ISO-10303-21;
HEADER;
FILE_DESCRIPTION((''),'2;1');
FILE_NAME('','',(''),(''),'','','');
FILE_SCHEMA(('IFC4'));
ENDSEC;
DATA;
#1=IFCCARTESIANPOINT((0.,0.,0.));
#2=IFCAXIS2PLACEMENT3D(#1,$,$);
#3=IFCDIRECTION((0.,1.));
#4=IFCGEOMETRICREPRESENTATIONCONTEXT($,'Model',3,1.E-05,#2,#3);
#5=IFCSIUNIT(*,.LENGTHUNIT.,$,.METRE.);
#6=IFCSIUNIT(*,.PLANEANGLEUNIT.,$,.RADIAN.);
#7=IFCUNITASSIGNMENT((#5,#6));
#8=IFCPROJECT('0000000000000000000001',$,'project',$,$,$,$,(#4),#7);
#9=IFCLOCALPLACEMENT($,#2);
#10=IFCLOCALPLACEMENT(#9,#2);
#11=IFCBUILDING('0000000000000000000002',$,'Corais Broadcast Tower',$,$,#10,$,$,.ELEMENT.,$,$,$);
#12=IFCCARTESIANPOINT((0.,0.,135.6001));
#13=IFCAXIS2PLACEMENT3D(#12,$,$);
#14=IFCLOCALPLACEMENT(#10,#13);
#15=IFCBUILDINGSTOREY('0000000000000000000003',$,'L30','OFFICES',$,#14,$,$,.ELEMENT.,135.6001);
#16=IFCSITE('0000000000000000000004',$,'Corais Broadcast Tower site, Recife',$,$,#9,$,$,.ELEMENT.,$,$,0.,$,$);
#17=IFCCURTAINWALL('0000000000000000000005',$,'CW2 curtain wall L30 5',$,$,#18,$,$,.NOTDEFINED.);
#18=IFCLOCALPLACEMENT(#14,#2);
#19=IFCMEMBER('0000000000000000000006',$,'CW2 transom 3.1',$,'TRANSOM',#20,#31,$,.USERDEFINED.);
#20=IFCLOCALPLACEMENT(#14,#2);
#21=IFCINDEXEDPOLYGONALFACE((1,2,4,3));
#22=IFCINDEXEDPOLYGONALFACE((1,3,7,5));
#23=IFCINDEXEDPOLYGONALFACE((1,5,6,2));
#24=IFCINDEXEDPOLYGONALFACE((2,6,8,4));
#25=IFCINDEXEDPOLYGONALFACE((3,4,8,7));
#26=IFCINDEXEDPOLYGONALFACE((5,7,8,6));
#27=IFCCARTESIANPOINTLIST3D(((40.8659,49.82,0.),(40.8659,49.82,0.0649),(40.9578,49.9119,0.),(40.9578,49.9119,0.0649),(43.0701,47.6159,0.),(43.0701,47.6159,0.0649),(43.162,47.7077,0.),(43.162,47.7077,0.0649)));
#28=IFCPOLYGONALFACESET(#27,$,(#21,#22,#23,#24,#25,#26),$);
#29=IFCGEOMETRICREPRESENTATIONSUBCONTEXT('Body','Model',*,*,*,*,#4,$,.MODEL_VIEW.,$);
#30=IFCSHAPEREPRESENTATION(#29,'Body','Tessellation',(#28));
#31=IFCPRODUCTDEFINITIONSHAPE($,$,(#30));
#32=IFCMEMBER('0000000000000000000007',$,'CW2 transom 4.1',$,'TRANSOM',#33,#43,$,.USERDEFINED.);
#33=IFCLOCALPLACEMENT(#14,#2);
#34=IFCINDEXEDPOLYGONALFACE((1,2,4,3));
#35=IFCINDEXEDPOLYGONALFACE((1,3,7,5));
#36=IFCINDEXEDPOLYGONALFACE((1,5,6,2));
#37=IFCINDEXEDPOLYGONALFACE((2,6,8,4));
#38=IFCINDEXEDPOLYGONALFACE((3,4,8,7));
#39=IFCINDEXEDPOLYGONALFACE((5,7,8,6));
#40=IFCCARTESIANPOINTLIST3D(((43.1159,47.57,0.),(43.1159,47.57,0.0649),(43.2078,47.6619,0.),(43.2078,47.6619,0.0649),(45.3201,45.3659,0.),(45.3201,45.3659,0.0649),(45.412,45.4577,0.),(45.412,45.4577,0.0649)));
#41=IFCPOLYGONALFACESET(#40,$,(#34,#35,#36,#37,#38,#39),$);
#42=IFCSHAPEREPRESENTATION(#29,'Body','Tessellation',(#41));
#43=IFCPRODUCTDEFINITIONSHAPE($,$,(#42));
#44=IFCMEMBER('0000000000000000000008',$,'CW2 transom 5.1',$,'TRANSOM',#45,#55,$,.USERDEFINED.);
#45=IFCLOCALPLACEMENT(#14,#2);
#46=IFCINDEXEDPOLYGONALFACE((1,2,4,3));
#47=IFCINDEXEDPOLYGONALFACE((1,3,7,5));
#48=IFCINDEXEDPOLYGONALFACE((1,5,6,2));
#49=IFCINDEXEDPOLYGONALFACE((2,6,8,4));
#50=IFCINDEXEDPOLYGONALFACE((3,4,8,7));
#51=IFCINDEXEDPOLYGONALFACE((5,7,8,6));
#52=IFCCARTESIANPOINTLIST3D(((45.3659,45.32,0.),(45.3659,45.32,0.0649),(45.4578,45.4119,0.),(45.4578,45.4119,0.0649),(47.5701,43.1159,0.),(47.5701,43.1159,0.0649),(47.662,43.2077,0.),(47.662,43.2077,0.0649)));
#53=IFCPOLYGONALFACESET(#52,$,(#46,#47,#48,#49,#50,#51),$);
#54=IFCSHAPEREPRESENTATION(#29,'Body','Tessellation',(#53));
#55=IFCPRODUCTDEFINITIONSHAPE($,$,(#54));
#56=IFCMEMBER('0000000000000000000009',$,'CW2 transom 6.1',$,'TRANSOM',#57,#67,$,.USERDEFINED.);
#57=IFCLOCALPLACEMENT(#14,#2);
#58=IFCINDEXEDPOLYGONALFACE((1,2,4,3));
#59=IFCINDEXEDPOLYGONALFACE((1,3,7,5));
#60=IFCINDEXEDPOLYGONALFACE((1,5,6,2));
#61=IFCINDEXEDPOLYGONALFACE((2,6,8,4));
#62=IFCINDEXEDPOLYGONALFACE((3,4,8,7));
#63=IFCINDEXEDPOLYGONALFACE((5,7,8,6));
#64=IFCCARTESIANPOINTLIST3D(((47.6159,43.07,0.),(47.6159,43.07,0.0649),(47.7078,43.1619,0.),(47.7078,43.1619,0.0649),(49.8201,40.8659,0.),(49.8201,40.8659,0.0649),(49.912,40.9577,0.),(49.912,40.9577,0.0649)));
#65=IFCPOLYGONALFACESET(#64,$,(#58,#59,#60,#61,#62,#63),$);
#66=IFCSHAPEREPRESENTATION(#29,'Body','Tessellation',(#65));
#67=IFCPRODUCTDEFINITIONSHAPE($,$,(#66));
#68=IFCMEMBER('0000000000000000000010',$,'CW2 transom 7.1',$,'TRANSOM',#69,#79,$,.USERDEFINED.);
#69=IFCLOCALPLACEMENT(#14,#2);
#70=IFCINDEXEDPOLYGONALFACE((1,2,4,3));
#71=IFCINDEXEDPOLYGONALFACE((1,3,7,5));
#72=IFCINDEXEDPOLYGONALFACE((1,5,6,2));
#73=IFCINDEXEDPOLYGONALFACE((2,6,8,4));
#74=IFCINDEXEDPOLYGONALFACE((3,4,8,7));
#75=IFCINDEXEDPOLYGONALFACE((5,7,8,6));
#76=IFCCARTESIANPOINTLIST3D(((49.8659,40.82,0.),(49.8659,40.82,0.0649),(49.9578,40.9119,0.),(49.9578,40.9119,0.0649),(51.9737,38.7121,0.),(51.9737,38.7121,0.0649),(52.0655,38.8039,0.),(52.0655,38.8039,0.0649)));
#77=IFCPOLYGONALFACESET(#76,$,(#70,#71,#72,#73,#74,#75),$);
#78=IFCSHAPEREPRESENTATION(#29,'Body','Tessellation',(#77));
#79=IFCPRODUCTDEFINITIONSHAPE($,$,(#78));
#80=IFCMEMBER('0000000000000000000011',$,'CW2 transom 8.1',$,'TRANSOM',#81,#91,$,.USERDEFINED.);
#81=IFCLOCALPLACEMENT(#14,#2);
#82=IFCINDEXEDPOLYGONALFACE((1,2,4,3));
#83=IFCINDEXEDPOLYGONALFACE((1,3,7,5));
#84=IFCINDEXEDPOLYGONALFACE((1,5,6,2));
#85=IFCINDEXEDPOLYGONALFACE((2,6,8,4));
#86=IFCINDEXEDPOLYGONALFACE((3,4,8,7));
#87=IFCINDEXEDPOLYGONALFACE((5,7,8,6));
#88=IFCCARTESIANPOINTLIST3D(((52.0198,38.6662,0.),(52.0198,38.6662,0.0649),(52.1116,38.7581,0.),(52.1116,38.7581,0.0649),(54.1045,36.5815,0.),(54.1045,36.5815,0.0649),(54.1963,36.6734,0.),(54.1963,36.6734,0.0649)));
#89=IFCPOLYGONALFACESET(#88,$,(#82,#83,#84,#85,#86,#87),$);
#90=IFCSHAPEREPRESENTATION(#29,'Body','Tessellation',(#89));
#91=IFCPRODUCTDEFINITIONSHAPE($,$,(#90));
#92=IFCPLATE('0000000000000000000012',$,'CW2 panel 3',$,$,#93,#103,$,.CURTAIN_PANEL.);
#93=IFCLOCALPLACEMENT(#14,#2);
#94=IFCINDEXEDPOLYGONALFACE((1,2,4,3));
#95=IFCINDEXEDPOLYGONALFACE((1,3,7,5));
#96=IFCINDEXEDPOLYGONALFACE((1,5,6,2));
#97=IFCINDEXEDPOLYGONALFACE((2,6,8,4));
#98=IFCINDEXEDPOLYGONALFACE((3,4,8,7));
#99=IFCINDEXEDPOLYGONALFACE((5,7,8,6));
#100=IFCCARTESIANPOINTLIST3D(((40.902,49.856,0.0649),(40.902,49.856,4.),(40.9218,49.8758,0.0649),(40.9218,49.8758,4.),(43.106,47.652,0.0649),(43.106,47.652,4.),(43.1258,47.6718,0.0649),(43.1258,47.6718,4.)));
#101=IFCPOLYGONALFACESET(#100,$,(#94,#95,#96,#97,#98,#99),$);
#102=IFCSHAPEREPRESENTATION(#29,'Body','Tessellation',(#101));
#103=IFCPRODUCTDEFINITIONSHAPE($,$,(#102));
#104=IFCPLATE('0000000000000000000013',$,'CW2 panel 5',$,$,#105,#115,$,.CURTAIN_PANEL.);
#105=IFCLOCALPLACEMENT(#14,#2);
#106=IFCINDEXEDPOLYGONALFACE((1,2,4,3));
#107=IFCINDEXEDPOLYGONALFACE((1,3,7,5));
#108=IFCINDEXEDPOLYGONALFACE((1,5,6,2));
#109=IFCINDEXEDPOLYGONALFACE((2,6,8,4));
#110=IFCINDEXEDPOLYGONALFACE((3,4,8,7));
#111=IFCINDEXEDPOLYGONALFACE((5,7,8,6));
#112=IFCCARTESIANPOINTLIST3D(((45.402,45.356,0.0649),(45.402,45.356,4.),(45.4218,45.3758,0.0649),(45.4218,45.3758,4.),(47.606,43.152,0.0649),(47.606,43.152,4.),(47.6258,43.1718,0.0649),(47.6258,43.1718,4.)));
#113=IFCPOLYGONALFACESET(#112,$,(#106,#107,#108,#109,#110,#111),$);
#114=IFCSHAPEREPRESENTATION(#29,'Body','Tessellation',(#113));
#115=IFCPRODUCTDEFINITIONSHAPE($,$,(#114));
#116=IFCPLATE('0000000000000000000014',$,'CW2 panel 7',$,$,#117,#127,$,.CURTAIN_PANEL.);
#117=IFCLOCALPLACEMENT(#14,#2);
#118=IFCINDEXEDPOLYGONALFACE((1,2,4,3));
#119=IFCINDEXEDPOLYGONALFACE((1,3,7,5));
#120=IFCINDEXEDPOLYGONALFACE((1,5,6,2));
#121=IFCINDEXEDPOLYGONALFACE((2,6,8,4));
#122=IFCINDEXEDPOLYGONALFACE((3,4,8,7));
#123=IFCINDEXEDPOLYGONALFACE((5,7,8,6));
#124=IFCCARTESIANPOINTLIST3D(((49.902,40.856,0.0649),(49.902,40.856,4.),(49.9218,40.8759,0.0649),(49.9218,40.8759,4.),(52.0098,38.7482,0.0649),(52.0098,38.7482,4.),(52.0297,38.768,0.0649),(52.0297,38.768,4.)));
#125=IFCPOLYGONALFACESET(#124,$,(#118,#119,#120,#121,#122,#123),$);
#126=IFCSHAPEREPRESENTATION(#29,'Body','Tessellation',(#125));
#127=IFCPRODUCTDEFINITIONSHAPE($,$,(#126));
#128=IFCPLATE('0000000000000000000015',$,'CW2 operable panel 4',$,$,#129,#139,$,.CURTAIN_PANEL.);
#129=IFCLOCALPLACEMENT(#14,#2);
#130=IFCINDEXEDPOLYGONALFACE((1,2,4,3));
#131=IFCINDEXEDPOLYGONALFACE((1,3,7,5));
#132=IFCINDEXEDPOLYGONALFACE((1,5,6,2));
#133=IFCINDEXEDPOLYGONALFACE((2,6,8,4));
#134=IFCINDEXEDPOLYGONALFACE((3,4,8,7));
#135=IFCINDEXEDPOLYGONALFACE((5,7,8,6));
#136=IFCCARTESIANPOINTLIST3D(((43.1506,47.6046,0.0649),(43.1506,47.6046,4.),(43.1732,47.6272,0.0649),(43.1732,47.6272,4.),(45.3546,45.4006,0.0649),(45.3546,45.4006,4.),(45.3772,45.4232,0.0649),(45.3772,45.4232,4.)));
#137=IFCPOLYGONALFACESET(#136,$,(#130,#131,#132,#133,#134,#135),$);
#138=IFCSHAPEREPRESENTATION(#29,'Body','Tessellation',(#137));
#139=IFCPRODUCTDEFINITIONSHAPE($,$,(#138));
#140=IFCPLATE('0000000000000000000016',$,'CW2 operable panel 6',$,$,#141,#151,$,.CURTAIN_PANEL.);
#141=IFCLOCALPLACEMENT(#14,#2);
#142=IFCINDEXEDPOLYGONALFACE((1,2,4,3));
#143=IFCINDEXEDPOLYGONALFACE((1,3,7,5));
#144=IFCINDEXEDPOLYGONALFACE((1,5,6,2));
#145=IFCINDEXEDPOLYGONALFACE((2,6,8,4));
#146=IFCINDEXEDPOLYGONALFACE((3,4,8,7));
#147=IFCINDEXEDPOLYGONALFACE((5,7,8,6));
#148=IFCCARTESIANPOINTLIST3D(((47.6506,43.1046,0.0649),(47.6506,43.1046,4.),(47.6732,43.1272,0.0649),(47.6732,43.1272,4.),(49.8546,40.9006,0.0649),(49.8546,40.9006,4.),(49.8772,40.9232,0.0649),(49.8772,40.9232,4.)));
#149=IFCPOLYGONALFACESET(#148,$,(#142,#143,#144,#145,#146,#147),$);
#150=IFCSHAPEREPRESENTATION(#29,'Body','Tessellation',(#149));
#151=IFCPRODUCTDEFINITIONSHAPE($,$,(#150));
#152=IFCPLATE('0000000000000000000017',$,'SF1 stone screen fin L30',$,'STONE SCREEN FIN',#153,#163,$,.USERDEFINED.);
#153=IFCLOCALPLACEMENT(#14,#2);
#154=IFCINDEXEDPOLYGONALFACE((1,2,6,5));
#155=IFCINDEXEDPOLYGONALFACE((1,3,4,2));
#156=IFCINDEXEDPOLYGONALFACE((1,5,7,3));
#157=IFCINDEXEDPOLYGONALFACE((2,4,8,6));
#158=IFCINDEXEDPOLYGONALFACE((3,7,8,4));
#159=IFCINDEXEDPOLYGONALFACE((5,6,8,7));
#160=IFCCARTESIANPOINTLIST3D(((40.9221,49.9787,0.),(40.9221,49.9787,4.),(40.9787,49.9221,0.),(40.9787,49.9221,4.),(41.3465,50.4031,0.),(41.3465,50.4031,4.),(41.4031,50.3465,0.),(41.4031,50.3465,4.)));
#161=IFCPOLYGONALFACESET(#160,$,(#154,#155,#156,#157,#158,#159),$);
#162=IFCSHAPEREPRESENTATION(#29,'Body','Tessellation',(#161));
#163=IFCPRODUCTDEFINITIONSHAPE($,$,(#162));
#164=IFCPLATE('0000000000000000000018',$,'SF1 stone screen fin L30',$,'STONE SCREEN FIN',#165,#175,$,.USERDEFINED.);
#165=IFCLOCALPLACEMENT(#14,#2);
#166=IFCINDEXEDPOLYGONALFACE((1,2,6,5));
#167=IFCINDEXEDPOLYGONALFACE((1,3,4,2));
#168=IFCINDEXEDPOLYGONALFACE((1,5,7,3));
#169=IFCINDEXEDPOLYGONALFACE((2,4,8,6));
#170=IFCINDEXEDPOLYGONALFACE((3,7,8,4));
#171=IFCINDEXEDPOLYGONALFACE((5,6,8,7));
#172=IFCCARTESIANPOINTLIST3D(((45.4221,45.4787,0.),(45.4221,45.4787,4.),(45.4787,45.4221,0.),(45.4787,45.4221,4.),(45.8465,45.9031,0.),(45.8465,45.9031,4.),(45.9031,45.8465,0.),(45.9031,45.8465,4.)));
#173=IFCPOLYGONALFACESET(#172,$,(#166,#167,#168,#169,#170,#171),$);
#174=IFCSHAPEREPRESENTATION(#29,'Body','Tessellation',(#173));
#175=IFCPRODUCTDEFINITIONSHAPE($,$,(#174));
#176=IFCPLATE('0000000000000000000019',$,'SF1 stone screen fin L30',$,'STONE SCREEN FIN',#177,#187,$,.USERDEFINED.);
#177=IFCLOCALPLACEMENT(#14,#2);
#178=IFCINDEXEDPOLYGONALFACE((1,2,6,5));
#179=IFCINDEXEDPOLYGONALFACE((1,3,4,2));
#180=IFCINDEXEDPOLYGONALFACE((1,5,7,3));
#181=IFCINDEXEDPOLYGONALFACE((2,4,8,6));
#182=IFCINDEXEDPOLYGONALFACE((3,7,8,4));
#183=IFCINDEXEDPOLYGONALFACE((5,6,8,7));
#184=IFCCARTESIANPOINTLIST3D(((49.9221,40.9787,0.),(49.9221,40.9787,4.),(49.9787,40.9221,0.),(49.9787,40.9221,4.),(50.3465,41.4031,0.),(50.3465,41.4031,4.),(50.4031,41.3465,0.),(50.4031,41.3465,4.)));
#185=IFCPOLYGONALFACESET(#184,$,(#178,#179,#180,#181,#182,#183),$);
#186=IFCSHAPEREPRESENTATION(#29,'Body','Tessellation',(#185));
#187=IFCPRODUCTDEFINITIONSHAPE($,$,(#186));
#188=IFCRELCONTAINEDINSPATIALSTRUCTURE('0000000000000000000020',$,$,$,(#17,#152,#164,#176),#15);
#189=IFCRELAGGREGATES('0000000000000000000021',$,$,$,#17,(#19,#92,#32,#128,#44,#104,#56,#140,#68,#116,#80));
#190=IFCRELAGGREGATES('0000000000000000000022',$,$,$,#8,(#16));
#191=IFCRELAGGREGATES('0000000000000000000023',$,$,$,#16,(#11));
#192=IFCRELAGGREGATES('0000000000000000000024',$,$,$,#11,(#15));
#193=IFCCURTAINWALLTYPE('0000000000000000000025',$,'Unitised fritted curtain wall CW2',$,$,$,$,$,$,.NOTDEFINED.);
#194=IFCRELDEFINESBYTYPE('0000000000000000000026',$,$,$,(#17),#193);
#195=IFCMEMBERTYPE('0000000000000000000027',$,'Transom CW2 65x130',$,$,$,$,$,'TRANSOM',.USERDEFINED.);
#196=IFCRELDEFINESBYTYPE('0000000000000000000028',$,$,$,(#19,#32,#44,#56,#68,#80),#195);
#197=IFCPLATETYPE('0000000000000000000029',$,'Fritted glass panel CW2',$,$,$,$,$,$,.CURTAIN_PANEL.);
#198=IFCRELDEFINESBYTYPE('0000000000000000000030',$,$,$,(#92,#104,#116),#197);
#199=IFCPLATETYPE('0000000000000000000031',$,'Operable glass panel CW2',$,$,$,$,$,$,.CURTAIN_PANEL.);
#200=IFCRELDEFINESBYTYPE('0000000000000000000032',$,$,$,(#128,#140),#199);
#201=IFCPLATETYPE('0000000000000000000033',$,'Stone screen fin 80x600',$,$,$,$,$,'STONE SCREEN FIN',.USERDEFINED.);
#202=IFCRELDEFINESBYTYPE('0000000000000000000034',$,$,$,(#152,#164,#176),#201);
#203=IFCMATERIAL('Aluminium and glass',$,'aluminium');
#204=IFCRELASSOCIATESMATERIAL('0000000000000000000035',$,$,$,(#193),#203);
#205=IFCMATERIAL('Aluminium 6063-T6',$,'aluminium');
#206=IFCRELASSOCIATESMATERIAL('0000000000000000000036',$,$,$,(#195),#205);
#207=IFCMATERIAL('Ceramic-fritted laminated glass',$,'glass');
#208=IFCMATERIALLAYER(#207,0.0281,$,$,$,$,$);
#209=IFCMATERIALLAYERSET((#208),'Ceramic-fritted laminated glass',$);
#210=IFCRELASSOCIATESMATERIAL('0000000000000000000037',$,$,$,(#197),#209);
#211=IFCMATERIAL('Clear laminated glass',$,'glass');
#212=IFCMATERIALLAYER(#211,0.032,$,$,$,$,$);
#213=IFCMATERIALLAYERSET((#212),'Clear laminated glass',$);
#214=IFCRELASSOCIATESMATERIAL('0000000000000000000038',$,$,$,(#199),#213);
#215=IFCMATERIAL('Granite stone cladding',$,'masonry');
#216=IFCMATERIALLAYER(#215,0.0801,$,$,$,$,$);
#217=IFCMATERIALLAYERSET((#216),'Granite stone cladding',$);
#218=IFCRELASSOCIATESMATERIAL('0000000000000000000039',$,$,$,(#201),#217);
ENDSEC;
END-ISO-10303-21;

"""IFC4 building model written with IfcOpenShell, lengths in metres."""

from ifc_helpers import new_model, si_unit, direction, frame, origin, origin_2d, place, context, subcontext, project, spatial, rectangle, extrude, material, layer, layer_set, material_profile, profile_set, type_object, element, aggregate, save


model = new_model("IFC4")

# Units and contexts
model_context = context("Model", 3, precision=1e-05, world=origin(), true_north=direction((0.0, 1.0)))
body_context = subcontext(model_context, "Body", "Model", "MODEL_VIEW")
ifc_project = project(units=[si_unit("LENGTHUNIT", "METRE"), si_unit("PLANEANGLEUNIT", "RADIAN")], contexts=[model_context])

# Site, building, storey
site_placement = place(None, origin())
site = spatial("IfcSite", under=ifc_project, at=site_placement, Name="Corais Broadcast Tower site, Recife", CompositionType="ELEMENT", RefElevation=0.0)
building_placement = place(site_placement, origin())
building = spatial("IfcBuilding", under=site, at=building_placement, Name="Corais Broadcast Tower", CompositionType="ELEMENT")
storey_placement = place(building_placement, frame((0.0, 0.0, 135.6001)))
storey = spatial("IfcBuildingStorey", under=building, at=storey_placement, Name="L30", Description="OFFICES", CompositionType="ELEMENT", Elevation=135.6001)

# Curtain wall
ifc_material_1 = material(Name="Aluminium and glass", Category="aluminium")
curtain_wall_type = type_object("IfcCurtainWallType", Name="Unitised fritted curtain wall CW2", PredefinedType="NOTDEFINED", material=ifc_material_1)
curtain_wall_placement = place(storey_placement, origin())
curtain_wall = element("IfcCurtainWall", 1, at=curtain_wall_placement, inside=storey, type_object=curtain_wall_type, Name="CW2 curtain wall L30 5", PredefinedType="NOTDEFINED")

# Members
ifc_material_2 = material(Name="Aluminium 6063-T6", Category="aluminium")
ifc_material_profile_1 = material_profile(ifc_material_2, rectangle(XDim=0.1299, YDim=0.0649, at=origin_2d()), Name="Transom CW2 65x130")
ifc_profile_set_1 = profile_set([ifc_material_profile_1], Name="Aluminium 6063-T6")
member_type_1 = type_object("IfcMemberType", Name="Transom CW2 65x130", ElementType="TRANSOM", PredefinedType="USERDEFINED", material=ifc_profile_set_1)
member_1_placement = place(storey_placement, frame((40.9119, 49.866, 0.0325), z_axis=(0.707107, -0.707107, 0.0), x_axis=(0.707107, 0.707107, 0.0)))
member_1 = element("IfcMember", 2, at=member_1_placement, type_object=member_type_1, Name="CW2 transom 3.1", ObjectType="TRANSOM", PredefinedType="USERDEFINED", context=body_context, shape_type="SweptSolid", body=[
    extrude(rectangle(XDim=0.1299, YDim=0.0649, at=origin_2d()), origin(), (0.0, 0.0, 1.0), 3.1172),
])
member_2_placement = place(storey_placement, frame((43.1619, 47.616, 0.0325), z_axis=(0.707107, -0.707107, 0.0), x_axis=(0.707107, 0.707107, 0.0)))
member_2 = element("IfcMember", 3, at=member_2_placement, type_object=member_type_1, Name="CW2 transom 4.1", ObjectType="TRANSOM", PredefinedType="USERDEFINED", context=body_context, shape_type="SweptSolid", body=[
    extrude(rectangle(XDim=0.1299, YDim=0.0649, at=origin_2d()), origin(), (0.0, 0.0, 1.0), 3.1172),
])
member_3_placement = place(storey_placement, frame((45.4119, 45.366, 0.0325), z_axis=(0.707107, -0.707107, 0.0), x_axis=(0.707107, 0.707107, 0.0)))
member_3 = element("IfcMember", 4, at=member_3_placement, type_object=member_type_1, Name="CW2 transom 5.1", ObjectType="TRANSOM", PredefinedType="USERDEFINED", context=body_context, shape_type="SweptSolid", body=[
    extrude(rectangle(XDim=0.1299, YDim=0.0649, at=origin_2d()), origin(), (0.0, 0.0, 1.0), 3.1172),
])
member_4_placement = place(storey_placement, frame((47.6619, 43.116, 0.0325), z_axis=(0.707107, -0.707107, 0.0), x_axis=(0.707107, 0.707107, 0.0)))
member_4 = element("IfcMember", 5, at=member_4_placement, type_object=member_type_1, Name="CW2 transom 6.1", ObjectType="TRANSOM", PredefinedType="USERDEFINED", context=body_context, shape_type="SweptSolid", body=[
    extrude(rectangle(XDim=0.1299, YDim=0.0649, at=origin_2d()), origin(), (0.0, 0.0, 1.0), 3.1172),
])
member_5_placement = place(storey_placement, frame((49.9119, 40.866, 0.0325), z_axis=(0.707066, -0.707148, 0.0), x_axis=(0.707148, 0.707066, 0.0)))
member_5 = element("IfcMember", 6, at=member_5_placement, type_object=member_type_1, Name="CW2 transom 7.1", ObjectType="TRANSOM", PredefinedType="USERDEFINED", context=body_context, shape_type="SweptSolid", body=[
    extrude(rectangle(XDim=0.1299, YDim=0.0649, at=origin_2d()), origin(), (0.0, 0.0, 1.0), 2.981),
])
member_6_placement = place(storey_placement, frame((52.0657, 38.7122, 0.0325), z_axis=(0.707107, -0.707107, 0.0), x_axis=(0.707107, 0.707107, 0.0)))
member_6 = element("IfcMember", 7, at=member_6_placement, type_object=member_type_1, Name="CW2 transom 8.1", ObjectType="TRANSOM", PredefinedType="USERDEFINED", context=body_context, shape_type="SweptSolid", body=[
    extrude(rectangle(XDim=0.1299, YDim=0.0649, at=origin_2d()), origin(), (0.0, 0.0, 1.0), 2.9482),
])

# Plates
ifc_material_3 = material(Name="Ceramic-fritted laminated glass", Category="glass")
ifc_layer_1 = layer(ifc_material_3, 0.0281)
ifc_layer_set_1 = layer_set([ifc_layer_1], Name="Ceramic-fritted laminated glass")
plate_type_1 = type_object("IfcPlateType", Name="Fritted glass panel CW2", PredefinedType="CURTAIN_PANEL", material=ifc_layer_set_1)
plate_1_placement = place(storey_placement, frame((42.0139, 48.7639, 0.0649), z_axis=(0.0, 0.0, 1.0), x_axis=(0.707107, -0.707107, 0.0)))
plate_1 = element("IfcPlate", 8, at=plate_1_placement, type_object=plate_type_1, Name="CW2 panel 3", PredefinedType="CURTAIN_PANEL", context=body_context, shape_type="SweptSolid", body=[
    extrude(rectangle(XDim=3.1169, YDim=0.0281, at=origin_2d()), origin(), (0.0, 0.0, 1.0), 3.9351),
])
plate_2_placement = place(storey_placement, frame((46.5139, 44.2639, 0.0649), z_axis=(0.0, 0.0, 1.0), x_axis=(0.707107, -0.707107, 0.0)))
plate_2 = element("IfcPlate", 9, at=plate_2_placement, type_object=plate_type_1, Name="CW2 panel 5", PredefinedType="CURTAIN_PANEL", context=body_context, shape_type="SweptSolid", body=[
    extrude(rectangle(XDim=3.1169, YDim=0.0281, at=origin_2d()), origin(), (0.0, 0.0, 1.0), 3.9351),
])
plate_3_placement = place(storey_placement, frame((50.9658, 39.812, 0.0649), z_axis=(0.0, 0.0, 1.0), x_axis=(0.707107, -0.707107, 0.0)))
plate_3 = element("IfcPlate", 10, at=plate_3_placement, type_object=plate_type_1, Name="CW2 panel 7", PredefinedType="CURTAIN_PANEL", context=body_context, shape_type="SweptSolid", body=[
    extrude(rectangle(XDim=2.981, YDim=0.0281, at=origin_2d()), origin(), (0.0, 0.0, 1.0), 3.9351),
])
ifc_material_4 = material(Name="Clear laminated glass", Category="glass")
ifc_layer_2 = layer(ifc_material_4, 0.032)
ifc_layer_set_2 = layer_set([ifc_layer_2], Name="Clear laminated glass")
plate_type_2 = type_object("IfcPlateType", Name="Operable glass panel CW2", PredefinedType="CURTAIN_PANEL", material=ifc_layer_set_2)
plate_4_placement = place(storey_placement, frame((44.2639, 46.5139, 0.0649), z_axis=(0.0, 0.0, 1.0), x_axis=(0.707107, -0.707107, 0.0)))
plate_4 = element("IfcPlate", 11, at=plate_4_placement, type_object=plate_type_2, Name="CW2 operable panel 4", PredefinedType="CURTAIN_PANEL", context=body_context, shape_type="SweptSolid", body=[
    extrude(rectangle(XDim=3.1169, YDim=0.032, at=origin_2d()), origin(), (0.0, 0.0, 1.0), 3.9351),
])
plate_5_placement = place(storey_placement, frame((48.7639, 42.0139, 0.0649), z_axis=(0.0, 0.0, 1.0), x_axis=(0.707107, -0.707107, 0.0)))
plate_5 = element("IfcPlate", 12, at=plate_5_placement, type_object=plate_type_2, Name="CW2 operable panel 6", PredefinedType="CURTAIN_PANEL", context=body_context, shape_type="SweptSolid", body=[
    extrude(rectangle(XDim=3.1169, YDim=0.032, at=origin_2d()), origin(), (0.0, 0.0, 1.0), 3.9351),
])
aggregate(curtain_wall, [member_1, plate_1, member_2, plate_4, member_3, plate_2, member_4, plate_5, member_5, plate_3, member_6])

# Plates
ifc_material_5 = material(Name="Granite stone cladding", Category="masonry")
ifc_layer_3 = layer(ifc_material_5, 0.0801)
ifc_layer_set_3 = layer_set([ifc_layer_3], Name="Granite stone cladding")
plate_type_3 = type_object("IfcPlateType", Name="Stone screen fin 80x600", ElementType="STONE SCREEN FIN", PredefinedType="USERDEFINED", material=ifc_layer_set_3)
for number, where, z_axis, x_axis, name in (
    (13, (41.1626, 50.1626, 0.0), (0.0, 0.0, 1.0), (0.707107, -0.707107, 0.0), "SF1 stone screen fin L30"),
    (14, (45.6626, 45.6626, 0.0), (0.0, 0.0, 1.0), (0.707107, -0.707107, 0.0), "SF1 stone screen fin L30"),
    (15, (50.1626, 41.1626, 0.0), (0.0, 0.0, 1.0), (0.707107, -0.707107, 0.0), "SF1 stone screen fin L30"),
):
    element("IfcPlate", number, at=place(storey_placement, frame(where, z_axis=z_axis, x_axis=x_axis)), inside=storey, type_object=plate_type_3, Name=name, ObjectType="STONE SCREEN FIN", PredefinedType="USERDEFINED", context=body_context, shape_type="SweptSolid", body=[
        extrude(rectangle(XDim=0.0801, YDim=0.6001, at=origin_2d()), origin(), (0.0, 0.0, 1.0), 4.0),
    ])

save(model, "model.ifc")
